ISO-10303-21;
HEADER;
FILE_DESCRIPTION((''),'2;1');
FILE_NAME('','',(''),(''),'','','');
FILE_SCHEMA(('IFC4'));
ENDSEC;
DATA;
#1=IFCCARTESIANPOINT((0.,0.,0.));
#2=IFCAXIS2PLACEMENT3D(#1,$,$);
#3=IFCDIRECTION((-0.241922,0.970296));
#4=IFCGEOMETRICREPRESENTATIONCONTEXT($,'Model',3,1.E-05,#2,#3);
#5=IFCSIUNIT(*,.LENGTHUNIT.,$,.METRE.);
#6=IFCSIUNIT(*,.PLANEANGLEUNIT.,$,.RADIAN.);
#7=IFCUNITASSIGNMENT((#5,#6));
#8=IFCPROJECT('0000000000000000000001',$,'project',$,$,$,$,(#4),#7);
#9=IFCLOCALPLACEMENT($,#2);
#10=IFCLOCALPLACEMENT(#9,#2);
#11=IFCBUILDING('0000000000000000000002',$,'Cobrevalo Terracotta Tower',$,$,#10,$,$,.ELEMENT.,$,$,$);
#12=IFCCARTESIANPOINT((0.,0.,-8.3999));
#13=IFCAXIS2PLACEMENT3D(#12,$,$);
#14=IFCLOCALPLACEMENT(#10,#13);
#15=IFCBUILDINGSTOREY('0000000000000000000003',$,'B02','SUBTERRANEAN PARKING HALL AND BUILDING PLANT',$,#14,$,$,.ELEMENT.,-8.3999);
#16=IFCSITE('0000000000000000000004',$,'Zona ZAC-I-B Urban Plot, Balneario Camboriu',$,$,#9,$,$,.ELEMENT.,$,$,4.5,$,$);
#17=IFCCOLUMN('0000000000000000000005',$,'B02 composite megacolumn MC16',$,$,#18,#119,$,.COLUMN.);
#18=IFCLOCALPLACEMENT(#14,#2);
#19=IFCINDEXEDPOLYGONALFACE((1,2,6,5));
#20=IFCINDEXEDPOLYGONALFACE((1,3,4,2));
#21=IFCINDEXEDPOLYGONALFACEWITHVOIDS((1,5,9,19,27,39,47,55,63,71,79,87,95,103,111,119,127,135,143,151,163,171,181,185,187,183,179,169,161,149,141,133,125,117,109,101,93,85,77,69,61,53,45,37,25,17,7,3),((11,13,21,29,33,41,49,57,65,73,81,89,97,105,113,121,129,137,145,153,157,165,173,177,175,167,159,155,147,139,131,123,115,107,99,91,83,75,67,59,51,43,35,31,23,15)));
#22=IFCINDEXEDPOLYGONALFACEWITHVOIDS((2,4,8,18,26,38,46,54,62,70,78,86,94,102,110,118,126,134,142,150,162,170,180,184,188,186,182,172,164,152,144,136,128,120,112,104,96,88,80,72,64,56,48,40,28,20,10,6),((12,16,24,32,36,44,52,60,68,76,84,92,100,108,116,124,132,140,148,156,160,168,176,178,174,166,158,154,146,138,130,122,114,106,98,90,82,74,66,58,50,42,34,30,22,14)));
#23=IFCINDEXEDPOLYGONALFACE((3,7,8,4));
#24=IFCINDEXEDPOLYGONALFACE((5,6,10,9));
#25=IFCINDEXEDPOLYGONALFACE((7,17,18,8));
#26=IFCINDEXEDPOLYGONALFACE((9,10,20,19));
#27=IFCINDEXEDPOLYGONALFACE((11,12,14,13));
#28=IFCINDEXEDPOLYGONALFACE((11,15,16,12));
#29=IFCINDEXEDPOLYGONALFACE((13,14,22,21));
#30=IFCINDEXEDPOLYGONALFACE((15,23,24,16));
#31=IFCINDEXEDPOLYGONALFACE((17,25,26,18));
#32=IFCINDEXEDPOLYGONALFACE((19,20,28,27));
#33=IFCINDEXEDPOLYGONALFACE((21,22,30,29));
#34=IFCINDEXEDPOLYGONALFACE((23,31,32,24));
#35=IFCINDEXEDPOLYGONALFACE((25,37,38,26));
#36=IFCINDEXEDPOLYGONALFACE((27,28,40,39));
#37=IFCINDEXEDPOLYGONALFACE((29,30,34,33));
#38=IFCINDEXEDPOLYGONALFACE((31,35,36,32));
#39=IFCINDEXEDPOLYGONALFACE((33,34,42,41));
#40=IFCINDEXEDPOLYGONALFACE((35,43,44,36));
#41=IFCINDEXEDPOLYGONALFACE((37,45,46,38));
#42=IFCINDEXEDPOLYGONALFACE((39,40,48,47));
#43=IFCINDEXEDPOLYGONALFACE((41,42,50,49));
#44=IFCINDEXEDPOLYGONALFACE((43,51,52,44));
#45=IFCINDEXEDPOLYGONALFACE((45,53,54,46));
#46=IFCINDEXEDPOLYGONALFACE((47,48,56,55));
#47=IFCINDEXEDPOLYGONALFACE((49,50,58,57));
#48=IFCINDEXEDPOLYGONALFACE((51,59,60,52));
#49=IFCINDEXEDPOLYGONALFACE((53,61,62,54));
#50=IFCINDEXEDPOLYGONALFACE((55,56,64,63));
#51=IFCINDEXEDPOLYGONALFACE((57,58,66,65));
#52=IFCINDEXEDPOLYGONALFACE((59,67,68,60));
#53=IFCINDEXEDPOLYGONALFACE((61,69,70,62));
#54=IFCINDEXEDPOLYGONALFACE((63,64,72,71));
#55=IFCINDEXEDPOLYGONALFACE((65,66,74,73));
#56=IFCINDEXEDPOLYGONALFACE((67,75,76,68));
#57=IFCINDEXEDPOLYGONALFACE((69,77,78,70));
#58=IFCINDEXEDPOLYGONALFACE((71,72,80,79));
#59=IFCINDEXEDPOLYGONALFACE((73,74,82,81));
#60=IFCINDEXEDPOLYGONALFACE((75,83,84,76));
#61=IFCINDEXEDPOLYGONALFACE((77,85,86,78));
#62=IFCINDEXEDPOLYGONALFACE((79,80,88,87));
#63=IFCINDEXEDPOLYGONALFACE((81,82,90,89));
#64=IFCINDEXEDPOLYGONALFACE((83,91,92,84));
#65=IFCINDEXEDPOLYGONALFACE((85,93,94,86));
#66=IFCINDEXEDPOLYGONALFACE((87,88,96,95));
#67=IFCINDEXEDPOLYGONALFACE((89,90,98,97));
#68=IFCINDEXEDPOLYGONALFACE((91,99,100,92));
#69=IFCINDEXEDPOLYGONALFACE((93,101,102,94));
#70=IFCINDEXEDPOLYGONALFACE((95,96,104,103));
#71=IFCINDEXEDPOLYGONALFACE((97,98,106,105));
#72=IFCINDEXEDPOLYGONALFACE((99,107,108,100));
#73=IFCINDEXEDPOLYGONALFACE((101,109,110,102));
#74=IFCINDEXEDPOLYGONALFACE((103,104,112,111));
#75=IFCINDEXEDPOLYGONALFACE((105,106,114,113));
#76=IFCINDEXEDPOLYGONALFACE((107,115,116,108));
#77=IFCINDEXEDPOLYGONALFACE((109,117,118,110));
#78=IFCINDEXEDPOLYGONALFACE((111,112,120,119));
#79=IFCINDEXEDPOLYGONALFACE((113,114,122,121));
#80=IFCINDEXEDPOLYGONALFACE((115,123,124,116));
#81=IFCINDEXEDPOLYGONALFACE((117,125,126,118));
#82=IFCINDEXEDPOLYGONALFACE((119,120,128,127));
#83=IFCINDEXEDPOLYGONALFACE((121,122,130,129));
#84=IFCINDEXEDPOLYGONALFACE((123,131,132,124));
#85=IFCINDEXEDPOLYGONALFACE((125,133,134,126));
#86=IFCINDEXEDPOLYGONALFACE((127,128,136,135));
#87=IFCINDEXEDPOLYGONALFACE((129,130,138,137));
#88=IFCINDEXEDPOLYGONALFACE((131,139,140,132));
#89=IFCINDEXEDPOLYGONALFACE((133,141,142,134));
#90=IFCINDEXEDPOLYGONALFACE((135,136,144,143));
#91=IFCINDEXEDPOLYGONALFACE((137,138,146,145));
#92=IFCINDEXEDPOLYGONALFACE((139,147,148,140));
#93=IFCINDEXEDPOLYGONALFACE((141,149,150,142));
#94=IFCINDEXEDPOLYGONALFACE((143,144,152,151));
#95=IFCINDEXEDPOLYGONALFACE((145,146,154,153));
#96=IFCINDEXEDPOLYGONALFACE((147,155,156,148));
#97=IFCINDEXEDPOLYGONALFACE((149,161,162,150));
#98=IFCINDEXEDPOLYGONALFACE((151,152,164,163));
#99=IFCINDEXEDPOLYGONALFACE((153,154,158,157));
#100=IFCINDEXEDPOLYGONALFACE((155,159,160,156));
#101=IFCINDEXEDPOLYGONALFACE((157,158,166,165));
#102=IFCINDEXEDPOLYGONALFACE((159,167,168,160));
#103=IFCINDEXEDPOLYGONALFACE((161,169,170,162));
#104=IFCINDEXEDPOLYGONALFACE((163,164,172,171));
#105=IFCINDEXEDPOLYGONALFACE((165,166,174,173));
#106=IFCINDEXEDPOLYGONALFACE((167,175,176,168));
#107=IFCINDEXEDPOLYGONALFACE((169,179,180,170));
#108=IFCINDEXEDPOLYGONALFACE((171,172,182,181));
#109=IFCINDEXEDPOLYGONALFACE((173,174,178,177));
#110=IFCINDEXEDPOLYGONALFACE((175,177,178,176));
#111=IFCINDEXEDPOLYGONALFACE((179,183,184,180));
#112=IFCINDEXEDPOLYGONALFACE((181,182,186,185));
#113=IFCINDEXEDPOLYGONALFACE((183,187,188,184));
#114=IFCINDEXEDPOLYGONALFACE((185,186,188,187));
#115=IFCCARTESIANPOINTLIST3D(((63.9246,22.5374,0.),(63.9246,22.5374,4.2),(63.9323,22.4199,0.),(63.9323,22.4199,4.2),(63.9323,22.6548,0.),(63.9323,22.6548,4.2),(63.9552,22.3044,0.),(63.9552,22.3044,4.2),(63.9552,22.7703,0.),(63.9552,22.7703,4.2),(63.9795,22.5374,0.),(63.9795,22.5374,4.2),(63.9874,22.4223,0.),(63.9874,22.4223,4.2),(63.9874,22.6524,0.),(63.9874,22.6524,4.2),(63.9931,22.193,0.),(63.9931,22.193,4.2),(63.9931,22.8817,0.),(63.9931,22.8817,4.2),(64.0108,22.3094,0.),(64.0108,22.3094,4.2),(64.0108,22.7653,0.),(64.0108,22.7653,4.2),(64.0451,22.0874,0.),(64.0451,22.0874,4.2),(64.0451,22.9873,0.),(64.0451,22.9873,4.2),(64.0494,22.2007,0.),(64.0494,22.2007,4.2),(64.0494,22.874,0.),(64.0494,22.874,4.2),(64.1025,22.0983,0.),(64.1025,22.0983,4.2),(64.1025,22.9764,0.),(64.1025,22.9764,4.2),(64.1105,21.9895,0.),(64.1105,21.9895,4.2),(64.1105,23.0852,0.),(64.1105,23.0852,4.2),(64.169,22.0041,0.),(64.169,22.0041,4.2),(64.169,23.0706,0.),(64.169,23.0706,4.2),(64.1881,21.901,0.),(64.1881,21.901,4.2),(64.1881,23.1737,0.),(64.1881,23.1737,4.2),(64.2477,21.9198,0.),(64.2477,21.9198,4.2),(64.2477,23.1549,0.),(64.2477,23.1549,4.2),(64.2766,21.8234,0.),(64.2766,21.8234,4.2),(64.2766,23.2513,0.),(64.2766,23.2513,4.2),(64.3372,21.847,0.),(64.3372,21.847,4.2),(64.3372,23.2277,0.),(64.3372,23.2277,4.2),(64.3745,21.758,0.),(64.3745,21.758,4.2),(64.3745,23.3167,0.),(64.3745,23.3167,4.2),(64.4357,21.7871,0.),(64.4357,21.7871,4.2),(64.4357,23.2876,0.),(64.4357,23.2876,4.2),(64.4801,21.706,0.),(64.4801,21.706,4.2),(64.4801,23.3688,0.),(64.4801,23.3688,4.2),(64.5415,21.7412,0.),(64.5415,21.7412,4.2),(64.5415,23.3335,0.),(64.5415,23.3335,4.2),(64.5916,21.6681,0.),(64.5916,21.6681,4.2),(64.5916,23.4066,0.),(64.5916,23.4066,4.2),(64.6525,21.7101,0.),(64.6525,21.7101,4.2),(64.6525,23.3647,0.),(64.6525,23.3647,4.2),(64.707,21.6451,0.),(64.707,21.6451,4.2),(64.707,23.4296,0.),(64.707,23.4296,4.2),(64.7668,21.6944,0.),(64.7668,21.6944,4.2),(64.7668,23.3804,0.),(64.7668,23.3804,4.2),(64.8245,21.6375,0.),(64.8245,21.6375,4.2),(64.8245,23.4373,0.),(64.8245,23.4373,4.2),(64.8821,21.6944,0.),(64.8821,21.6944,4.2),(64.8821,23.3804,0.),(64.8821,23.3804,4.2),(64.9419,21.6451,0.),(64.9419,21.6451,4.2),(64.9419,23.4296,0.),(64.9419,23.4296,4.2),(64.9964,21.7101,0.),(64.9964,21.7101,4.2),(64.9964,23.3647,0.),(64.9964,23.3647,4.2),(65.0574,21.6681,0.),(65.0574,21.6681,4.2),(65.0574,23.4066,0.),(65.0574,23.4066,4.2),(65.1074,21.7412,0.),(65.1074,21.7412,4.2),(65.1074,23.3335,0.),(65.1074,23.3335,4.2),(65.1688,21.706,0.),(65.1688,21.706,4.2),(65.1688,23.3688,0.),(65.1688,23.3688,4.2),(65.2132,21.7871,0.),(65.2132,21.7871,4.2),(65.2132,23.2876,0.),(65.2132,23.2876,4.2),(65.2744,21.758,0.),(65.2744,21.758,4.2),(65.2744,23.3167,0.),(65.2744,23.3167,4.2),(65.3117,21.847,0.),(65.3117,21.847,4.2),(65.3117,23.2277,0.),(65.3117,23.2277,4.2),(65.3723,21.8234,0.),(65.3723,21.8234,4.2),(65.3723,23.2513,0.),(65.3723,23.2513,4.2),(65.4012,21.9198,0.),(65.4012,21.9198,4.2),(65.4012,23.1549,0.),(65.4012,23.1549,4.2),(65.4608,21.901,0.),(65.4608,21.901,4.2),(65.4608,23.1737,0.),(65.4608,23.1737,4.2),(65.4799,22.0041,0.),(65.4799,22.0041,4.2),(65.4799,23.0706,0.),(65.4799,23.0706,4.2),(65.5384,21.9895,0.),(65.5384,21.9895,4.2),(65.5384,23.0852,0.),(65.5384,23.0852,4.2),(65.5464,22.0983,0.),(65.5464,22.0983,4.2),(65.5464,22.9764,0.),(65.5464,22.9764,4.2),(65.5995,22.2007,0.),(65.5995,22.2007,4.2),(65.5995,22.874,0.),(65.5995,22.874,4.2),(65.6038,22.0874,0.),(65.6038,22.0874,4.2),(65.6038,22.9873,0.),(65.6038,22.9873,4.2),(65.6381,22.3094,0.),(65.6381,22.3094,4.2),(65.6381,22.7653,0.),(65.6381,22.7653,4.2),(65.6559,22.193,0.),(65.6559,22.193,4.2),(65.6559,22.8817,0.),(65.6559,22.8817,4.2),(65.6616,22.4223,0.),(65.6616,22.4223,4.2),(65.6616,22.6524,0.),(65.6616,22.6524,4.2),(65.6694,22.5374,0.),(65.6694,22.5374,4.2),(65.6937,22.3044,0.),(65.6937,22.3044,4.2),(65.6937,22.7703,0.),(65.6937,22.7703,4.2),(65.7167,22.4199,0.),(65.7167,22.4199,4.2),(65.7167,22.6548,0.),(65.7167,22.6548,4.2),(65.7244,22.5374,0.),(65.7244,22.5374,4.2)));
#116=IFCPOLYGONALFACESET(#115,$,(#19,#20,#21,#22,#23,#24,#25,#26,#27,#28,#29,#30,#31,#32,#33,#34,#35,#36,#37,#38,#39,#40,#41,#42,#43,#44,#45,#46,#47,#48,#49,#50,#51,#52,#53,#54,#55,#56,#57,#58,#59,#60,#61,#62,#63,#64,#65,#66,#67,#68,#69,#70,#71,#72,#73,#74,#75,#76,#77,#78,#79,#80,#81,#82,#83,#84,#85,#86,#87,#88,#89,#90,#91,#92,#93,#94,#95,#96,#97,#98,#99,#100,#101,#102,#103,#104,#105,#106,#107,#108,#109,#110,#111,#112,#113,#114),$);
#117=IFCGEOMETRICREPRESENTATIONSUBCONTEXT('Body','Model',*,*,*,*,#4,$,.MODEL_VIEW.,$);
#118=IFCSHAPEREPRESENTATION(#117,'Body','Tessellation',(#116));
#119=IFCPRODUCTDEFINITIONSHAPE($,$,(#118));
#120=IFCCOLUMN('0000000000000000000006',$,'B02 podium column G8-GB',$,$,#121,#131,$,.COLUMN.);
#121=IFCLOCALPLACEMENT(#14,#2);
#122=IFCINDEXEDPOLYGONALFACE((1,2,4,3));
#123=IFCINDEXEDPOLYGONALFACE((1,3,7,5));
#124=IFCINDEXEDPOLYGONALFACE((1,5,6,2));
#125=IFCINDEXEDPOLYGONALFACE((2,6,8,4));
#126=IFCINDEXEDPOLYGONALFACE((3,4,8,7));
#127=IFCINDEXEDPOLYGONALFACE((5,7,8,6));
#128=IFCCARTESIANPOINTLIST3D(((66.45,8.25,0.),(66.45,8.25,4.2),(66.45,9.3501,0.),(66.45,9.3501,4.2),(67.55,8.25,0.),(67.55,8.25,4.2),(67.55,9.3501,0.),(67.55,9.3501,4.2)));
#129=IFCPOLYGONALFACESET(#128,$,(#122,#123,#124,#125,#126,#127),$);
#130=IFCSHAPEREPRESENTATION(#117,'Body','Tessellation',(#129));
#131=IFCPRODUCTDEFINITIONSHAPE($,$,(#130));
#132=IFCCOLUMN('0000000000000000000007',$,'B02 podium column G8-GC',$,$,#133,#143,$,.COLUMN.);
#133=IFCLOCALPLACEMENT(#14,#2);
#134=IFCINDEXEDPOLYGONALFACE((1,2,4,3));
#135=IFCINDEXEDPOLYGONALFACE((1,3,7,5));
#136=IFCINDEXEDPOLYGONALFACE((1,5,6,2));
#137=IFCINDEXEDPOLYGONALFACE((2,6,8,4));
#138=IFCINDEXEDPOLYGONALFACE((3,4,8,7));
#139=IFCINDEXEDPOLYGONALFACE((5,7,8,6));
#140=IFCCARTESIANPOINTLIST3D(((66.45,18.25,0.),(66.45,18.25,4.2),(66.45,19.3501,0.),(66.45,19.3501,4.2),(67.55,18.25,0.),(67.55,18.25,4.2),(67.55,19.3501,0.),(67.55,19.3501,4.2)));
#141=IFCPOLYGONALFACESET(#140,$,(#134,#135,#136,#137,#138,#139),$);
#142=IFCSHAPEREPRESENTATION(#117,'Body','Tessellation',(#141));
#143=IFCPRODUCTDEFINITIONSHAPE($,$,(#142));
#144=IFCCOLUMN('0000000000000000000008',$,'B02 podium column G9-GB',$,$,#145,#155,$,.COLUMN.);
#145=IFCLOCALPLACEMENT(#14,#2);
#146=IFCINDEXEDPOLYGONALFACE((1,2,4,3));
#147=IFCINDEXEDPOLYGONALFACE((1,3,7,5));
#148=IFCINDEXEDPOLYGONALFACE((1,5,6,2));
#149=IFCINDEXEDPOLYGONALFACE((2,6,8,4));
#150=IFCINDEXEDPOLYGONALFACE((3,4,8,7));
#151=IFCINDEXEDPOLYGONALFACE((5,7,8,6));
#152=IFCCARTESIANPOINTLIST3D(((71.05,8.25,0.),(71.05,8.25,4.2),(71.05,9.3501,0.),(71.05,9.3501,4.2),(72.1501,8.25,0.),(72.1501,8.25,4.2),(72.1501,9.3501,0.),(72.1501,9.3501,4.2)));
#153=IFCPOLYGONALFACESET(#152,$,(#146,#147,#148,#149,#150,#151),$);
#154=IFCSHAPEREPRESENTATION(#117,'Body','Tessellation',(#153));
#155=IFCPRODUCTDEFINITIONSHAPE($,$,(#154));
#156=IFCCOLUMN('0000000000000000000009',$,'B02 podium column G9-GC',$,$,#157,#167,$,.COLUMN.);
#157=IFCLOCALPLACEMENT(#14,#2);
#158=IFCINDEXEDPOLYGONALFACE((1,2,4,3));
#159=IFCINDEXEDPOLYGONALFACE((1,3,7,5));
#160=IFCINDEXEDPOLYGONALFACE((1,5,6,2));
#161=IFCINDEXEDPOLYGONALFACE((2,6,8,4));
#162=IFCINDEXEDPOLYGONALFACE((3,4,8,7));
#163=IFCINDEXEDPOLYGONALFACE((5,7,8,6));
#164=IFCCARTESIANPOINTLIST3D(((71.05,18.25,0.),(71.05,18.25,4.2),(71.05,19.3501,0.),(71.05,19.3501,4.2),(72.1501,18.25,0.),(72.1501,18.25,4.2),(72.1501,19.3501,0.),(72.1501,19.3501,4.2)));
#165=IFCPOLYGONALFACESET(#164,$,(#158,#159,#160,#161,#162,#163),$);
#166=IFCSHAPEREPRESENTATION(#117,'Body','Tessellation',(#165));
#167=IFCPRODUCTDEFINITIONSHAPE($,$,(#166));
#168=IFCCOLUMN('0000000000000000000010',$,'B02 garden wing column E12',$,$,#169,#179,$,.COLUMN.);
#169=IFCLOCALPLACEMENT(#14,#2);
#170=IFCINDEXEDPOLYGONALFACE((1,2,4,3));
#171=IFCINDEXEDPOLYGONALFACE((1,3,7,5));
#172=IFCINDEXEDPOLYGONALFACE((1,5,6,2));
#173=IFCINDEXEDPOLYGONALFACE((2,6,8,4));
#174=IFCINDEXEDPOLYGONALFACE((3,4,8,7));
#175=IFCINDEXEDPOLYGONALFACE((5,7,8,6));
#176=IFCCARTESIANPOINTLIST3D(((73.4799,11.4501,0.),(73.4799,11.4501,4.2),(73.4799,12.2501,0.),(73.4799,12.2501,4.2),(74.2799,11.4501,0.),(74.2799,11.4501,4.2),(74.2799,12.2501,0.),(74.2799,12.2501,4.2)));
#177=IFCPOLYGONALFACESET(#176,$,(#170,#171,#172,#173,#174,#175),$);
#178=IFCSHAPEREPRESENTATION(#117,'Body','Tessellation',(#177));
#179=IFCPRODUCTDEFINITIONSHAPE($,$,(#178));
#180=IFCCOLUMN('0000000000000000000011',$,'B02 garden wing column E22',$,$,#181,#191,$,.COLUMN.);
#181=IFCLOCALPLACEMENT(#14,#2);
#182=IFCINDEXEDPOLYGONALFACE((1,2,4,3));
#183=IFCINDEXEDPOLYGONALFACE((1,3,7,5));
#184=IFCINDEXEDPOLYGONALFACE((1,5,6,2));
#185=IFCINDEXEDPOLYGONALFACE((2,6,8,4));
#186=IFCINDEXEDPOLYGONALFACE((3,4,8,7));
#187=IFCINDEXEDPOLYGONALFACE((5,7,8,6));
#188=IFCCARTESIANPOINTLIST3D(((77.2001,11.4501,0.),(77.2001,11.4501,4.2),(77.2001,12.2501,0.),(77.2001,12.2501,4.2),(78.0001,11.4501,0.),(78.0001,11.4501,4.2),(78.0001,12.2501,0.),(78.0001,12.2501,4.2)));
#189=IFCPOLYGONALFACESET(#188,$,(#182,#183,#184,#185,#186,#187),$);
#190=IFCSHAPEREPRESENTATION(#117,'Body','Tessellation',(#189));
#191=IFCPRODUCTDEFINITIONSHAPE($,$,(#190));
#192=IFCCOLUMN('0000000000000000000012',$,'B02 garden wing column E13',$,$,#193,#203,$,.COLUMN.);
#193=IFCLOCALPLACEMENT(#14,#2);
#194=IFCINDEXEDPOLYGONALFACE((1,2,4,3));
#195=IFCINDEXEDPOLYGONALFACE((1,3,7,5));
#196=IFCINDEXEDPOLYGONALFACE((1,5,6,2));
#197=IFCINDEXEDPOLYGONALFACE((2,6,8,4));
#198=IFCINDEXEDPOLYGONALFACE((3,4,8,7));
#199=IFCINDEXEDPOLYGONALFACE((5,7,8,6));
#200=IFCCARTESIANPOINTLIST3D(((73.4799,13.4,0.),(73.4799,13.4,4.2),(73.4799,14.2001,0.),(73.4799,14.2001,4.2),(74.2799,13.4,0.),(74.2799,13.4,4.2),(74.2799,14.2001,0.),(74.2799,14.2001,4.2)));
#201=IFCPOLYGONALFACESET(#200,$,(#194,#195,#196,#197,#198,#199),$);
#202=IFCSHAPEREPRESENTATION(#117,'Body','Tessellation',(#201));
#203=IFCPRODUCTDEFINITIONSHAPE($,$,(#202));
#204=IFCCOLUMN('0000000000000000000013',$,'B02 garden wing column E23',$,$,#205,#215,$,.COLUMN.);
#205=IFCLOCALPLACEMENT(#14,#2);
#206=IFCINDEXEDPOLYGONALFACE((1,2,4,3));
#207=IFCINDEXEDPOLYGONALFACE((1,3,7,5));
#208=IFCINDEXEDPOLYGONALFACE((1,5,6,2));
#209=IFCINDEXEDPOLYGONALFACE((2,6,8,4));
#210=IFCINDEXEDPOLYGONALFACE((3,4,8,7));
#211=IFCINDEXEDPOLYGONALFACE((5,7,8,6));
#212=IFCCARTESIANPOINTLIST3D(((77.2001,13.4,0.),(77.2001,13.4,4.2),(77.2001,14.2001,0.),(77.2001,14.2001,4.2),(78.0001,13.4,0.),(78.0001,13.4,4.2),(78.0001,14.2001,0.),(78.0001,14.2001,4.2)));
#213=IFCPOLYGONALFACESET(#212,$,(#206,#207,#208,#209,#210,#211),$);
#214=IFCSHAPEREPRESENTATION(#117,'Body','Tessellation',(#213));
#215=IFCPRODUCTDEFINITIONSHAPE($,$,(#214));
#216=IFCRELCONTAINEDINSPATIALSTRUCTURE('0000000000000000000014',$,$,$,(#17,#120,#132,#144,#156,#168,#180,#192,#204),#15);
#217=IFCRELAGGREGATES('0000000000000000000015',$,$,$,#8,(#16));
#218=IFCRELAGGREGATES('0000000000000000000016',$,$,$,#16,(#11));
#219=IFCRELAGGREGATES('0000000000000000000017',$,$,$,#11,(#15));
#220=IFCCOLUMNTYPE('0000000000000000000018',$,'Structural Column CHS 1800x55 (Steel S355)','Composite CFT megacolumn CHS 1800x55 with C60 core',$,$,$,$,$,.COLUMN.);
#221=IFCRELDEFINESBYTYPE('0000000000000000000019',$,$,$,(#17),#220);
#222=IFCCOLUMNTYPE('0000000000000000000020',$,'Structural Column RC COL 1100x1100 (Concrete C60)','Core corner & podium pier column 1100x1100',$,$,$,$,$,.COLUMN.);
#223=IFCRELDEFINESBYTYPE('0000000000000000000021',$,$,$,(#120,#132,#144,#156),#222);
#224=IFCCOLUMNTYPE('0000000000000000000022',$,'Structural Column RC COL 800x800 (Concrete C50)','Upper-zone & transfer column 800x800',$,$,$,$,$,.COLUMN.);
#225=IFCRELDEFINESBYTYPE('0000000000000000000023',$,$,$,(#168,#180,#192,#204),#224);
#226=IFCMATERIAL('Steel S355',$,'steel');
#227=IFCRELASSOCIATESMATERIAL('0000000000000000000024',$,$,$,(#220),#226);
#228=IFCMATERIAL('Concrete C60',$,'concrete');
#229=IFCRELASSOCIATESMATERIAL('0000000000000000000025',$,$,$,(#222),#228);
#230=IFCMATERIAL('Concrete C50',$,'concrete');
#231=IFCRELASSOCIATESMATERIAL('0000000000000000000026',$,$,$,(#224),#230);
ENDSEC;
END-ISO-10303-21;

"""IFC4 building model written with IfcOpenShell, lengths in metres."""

from ifc_helpers import new_model, si_unit, direction, frame, origin, origin_2d, place, context, subcontext, project, spatial, rectangle, hollow_circle, extrude, material, material_profile, profile_set, type_object, element, save


model = new_model("IFC4")

# Units and contexts
model_context = context("Model", 3, precision=1e-05, world=origin(), true_north=direction((-0.241922, 0.970296)))
body_context = subcontext(model_context, "Body", "Model", "MODEL_VIEW")
ifc_project = project(units=[si_unit("LENGTHUNIT", "METRE"), si_unit("PLANEANGLEUNIT", "RADIAN")], contexts=[model_context])

# Site, building, storey
site_placement = place(None, origin())
site = spatial("IfcSite", under=ifc_project, at=site_placement, Name="Zona ZAC-I-B Urban Plot, Balneario Camboriu", CompositionType="ELEMENT", RefElevation=4.5)
building_placement = place(site_placement, origin())
building = spatial("IfcBuilding", under=site, at=building_placement, Name="Cobrevalo Terracotta Tower", CompositionType="ELEMENT")
storey_placement = place(building_placement, frame((0.0, 0.0, -8.3999)))
storey = spatial("IfcBuildingStorey", under=building, at=storey_placement, Name="B02", Description="SUBTERRANEAN PARKING HALL AND BUILDING PLANT", CompositionType="ELEMENT", Elevation=-8.3999)

# Shared definitions
ifc_material_1 = material(Name="Concrete C50", Category="concrete")

# Columns
ifc_material_2 = material(Name="Steel S355", Category="steel")
ifc_material_profile_1 = material_profile(ifc_material_2, hollow_circle(Radius=0.8999, WallThickness=0.0549, at=origin_2d()), Name="CHS 1800x55")
ifc_profile_set_1 = profile_set([ifc_material_profile_1], Name="Steel S355")
column_type_1 = type_object("IfcColumnType", Name="Structural Column CHS 1800x55 (Steel S355)", Description="Composite CFT megacolumn CHS 1800x55 with C60 core", PredefinedType="COLUMN", material=ifc_profile_set_1)
for number, where, z_axis, x_axis, name in (
    (1, (64.8245, 22.5374, 0.0), (0.0, 0.0, 1.0), (1.0, 0.0, 0.0), "B02 composite megacolumn MC16"),
):
    element("IfcColumn", number, at=place(storey_placement, frame(where, z_axis=z_axis, x_axis=x_axis)), inside=storey, type_object=column_type_1, Name=name, PredefinedType="COLUMN", context=body_context, shape_type="SweptSolid", body=[
        extrude(hollow_circle(Radius=0.8999, WallThickness=0.0549, at=origin_2d()), origin(), (0.0, 0.0, 1.0), 4.2),
    ])
ifc_material_3 = material(Name="Concrete C60", Category="concrete")
ifc_material_profile_2 = material_profile(ifc_material_3, rectangle(XDim=1.1001, YDim=1.1001, at=origin_2d()), Name="RC COL 1100x1100")
ifc_profile_set_2 = profile_set([ifc_material_profile_2], Name="Concrete C60")
column_type_2 = type_object("IfcColumnType", Name="Structural Column RC COL 1100x1100 (Concrete C60)", Description="Core corner & podium pier column 1100x1100", PredefinedType="COLUMN", material=ifc_profile_set_2)
for number, where, z_axis, x_axis, name in (
    (2, (67.0, 8.8, 0.0), (0.0, 0.0, 1.0), (1.0, 0.0, 0.0), "B02 podium column G8-GB"),
    (3, (67.0, 18.8, 0.0), (0.0, 0.0, 1.0), (1.0, 0.0, 0.0), "B02 podium column G8-GC"),
    (4, (71.6001, 8.8, 0.0), (0.0, 0.0, 1.0), (1.0, 0.0, 0.0), "B02 podium column G9-GB"),
    (5, (71.6001, 18.8, 0.0), (0.0, 0.0, 1.0), (1.0, 0.0, 0.0), "B02 podium column G9-GC"),
):
    element("IfcColumn", number, at=place(storey_placement, frame(where, z_axis=z_axis, x_axis=x_axis)), inside=storey, type_object=column_type_2, Name=name, PredefinedType="COLUMN", context=body_context, shape_type="SweptSolid", body=[
        extrude(rectangle(XDim=1.1001, YDim=1.1001, at=origin_2d()), origin(), (0.0, 0.0, 1.0), 4.2),
    ])
ifc_material_profile_3 = material_profile(ifc_material_1, rectangle(XDim=0.8, YDim=0.8, at=origin_2d()), Name="RC COL 800x800")
ifc_profile_set_3 = profile_set([ifc_material_profile_3], Name="Concrete C50")
column_type_3 = type_object("IfcColumnType", Name="Structural Column RC COL 800x800 (Concrete C50)", Description="Upper-zone & transfer column 800x800", PredefinedType="COLUMN", material=ifc_profile_set_3)
for number, where, z_axis, x_axis, name in (
    (6, (73.8799, 11.8501, 0.0), (0.0, 0.0, 1.0), (1.0, 0.0, 0.0), "B02 garden wing column E12"),
    (7, (77.6001, 11.8501, 0.0), (0.0, 0.0, 1.0), (1.0, 0.0, 0.0), "B02 garden wing column E22"),
    (8, (73.8799, 13.8, 0.0), (0.0, 0.0, 1.0), (1.0, 0.0, 0.0), "B02 garden wing column E13"),
    (9, (77.6001, 13.8, 0.0), (0.0, 0.0, 1.0), (1.0, 0.0, 0.0), "B02 garden wing column E23"),
):
    element("IfcColumn", number, at=place(storey_placement, frame(where, z_axis=z_axis, x_axis=x_axis)), inside=storey, type_object=column_type_3, Name=name, PredefinedType="COLUMN", context=body_context, shape_type="SweptSolid", body=[
        extrude(rectangle(XDim=0.8, YDim=0.8, at=origin_2d()), origin(), (0.0, 0.0, 1.0), 4.2),
    ])

save(model, "model.ifc")
